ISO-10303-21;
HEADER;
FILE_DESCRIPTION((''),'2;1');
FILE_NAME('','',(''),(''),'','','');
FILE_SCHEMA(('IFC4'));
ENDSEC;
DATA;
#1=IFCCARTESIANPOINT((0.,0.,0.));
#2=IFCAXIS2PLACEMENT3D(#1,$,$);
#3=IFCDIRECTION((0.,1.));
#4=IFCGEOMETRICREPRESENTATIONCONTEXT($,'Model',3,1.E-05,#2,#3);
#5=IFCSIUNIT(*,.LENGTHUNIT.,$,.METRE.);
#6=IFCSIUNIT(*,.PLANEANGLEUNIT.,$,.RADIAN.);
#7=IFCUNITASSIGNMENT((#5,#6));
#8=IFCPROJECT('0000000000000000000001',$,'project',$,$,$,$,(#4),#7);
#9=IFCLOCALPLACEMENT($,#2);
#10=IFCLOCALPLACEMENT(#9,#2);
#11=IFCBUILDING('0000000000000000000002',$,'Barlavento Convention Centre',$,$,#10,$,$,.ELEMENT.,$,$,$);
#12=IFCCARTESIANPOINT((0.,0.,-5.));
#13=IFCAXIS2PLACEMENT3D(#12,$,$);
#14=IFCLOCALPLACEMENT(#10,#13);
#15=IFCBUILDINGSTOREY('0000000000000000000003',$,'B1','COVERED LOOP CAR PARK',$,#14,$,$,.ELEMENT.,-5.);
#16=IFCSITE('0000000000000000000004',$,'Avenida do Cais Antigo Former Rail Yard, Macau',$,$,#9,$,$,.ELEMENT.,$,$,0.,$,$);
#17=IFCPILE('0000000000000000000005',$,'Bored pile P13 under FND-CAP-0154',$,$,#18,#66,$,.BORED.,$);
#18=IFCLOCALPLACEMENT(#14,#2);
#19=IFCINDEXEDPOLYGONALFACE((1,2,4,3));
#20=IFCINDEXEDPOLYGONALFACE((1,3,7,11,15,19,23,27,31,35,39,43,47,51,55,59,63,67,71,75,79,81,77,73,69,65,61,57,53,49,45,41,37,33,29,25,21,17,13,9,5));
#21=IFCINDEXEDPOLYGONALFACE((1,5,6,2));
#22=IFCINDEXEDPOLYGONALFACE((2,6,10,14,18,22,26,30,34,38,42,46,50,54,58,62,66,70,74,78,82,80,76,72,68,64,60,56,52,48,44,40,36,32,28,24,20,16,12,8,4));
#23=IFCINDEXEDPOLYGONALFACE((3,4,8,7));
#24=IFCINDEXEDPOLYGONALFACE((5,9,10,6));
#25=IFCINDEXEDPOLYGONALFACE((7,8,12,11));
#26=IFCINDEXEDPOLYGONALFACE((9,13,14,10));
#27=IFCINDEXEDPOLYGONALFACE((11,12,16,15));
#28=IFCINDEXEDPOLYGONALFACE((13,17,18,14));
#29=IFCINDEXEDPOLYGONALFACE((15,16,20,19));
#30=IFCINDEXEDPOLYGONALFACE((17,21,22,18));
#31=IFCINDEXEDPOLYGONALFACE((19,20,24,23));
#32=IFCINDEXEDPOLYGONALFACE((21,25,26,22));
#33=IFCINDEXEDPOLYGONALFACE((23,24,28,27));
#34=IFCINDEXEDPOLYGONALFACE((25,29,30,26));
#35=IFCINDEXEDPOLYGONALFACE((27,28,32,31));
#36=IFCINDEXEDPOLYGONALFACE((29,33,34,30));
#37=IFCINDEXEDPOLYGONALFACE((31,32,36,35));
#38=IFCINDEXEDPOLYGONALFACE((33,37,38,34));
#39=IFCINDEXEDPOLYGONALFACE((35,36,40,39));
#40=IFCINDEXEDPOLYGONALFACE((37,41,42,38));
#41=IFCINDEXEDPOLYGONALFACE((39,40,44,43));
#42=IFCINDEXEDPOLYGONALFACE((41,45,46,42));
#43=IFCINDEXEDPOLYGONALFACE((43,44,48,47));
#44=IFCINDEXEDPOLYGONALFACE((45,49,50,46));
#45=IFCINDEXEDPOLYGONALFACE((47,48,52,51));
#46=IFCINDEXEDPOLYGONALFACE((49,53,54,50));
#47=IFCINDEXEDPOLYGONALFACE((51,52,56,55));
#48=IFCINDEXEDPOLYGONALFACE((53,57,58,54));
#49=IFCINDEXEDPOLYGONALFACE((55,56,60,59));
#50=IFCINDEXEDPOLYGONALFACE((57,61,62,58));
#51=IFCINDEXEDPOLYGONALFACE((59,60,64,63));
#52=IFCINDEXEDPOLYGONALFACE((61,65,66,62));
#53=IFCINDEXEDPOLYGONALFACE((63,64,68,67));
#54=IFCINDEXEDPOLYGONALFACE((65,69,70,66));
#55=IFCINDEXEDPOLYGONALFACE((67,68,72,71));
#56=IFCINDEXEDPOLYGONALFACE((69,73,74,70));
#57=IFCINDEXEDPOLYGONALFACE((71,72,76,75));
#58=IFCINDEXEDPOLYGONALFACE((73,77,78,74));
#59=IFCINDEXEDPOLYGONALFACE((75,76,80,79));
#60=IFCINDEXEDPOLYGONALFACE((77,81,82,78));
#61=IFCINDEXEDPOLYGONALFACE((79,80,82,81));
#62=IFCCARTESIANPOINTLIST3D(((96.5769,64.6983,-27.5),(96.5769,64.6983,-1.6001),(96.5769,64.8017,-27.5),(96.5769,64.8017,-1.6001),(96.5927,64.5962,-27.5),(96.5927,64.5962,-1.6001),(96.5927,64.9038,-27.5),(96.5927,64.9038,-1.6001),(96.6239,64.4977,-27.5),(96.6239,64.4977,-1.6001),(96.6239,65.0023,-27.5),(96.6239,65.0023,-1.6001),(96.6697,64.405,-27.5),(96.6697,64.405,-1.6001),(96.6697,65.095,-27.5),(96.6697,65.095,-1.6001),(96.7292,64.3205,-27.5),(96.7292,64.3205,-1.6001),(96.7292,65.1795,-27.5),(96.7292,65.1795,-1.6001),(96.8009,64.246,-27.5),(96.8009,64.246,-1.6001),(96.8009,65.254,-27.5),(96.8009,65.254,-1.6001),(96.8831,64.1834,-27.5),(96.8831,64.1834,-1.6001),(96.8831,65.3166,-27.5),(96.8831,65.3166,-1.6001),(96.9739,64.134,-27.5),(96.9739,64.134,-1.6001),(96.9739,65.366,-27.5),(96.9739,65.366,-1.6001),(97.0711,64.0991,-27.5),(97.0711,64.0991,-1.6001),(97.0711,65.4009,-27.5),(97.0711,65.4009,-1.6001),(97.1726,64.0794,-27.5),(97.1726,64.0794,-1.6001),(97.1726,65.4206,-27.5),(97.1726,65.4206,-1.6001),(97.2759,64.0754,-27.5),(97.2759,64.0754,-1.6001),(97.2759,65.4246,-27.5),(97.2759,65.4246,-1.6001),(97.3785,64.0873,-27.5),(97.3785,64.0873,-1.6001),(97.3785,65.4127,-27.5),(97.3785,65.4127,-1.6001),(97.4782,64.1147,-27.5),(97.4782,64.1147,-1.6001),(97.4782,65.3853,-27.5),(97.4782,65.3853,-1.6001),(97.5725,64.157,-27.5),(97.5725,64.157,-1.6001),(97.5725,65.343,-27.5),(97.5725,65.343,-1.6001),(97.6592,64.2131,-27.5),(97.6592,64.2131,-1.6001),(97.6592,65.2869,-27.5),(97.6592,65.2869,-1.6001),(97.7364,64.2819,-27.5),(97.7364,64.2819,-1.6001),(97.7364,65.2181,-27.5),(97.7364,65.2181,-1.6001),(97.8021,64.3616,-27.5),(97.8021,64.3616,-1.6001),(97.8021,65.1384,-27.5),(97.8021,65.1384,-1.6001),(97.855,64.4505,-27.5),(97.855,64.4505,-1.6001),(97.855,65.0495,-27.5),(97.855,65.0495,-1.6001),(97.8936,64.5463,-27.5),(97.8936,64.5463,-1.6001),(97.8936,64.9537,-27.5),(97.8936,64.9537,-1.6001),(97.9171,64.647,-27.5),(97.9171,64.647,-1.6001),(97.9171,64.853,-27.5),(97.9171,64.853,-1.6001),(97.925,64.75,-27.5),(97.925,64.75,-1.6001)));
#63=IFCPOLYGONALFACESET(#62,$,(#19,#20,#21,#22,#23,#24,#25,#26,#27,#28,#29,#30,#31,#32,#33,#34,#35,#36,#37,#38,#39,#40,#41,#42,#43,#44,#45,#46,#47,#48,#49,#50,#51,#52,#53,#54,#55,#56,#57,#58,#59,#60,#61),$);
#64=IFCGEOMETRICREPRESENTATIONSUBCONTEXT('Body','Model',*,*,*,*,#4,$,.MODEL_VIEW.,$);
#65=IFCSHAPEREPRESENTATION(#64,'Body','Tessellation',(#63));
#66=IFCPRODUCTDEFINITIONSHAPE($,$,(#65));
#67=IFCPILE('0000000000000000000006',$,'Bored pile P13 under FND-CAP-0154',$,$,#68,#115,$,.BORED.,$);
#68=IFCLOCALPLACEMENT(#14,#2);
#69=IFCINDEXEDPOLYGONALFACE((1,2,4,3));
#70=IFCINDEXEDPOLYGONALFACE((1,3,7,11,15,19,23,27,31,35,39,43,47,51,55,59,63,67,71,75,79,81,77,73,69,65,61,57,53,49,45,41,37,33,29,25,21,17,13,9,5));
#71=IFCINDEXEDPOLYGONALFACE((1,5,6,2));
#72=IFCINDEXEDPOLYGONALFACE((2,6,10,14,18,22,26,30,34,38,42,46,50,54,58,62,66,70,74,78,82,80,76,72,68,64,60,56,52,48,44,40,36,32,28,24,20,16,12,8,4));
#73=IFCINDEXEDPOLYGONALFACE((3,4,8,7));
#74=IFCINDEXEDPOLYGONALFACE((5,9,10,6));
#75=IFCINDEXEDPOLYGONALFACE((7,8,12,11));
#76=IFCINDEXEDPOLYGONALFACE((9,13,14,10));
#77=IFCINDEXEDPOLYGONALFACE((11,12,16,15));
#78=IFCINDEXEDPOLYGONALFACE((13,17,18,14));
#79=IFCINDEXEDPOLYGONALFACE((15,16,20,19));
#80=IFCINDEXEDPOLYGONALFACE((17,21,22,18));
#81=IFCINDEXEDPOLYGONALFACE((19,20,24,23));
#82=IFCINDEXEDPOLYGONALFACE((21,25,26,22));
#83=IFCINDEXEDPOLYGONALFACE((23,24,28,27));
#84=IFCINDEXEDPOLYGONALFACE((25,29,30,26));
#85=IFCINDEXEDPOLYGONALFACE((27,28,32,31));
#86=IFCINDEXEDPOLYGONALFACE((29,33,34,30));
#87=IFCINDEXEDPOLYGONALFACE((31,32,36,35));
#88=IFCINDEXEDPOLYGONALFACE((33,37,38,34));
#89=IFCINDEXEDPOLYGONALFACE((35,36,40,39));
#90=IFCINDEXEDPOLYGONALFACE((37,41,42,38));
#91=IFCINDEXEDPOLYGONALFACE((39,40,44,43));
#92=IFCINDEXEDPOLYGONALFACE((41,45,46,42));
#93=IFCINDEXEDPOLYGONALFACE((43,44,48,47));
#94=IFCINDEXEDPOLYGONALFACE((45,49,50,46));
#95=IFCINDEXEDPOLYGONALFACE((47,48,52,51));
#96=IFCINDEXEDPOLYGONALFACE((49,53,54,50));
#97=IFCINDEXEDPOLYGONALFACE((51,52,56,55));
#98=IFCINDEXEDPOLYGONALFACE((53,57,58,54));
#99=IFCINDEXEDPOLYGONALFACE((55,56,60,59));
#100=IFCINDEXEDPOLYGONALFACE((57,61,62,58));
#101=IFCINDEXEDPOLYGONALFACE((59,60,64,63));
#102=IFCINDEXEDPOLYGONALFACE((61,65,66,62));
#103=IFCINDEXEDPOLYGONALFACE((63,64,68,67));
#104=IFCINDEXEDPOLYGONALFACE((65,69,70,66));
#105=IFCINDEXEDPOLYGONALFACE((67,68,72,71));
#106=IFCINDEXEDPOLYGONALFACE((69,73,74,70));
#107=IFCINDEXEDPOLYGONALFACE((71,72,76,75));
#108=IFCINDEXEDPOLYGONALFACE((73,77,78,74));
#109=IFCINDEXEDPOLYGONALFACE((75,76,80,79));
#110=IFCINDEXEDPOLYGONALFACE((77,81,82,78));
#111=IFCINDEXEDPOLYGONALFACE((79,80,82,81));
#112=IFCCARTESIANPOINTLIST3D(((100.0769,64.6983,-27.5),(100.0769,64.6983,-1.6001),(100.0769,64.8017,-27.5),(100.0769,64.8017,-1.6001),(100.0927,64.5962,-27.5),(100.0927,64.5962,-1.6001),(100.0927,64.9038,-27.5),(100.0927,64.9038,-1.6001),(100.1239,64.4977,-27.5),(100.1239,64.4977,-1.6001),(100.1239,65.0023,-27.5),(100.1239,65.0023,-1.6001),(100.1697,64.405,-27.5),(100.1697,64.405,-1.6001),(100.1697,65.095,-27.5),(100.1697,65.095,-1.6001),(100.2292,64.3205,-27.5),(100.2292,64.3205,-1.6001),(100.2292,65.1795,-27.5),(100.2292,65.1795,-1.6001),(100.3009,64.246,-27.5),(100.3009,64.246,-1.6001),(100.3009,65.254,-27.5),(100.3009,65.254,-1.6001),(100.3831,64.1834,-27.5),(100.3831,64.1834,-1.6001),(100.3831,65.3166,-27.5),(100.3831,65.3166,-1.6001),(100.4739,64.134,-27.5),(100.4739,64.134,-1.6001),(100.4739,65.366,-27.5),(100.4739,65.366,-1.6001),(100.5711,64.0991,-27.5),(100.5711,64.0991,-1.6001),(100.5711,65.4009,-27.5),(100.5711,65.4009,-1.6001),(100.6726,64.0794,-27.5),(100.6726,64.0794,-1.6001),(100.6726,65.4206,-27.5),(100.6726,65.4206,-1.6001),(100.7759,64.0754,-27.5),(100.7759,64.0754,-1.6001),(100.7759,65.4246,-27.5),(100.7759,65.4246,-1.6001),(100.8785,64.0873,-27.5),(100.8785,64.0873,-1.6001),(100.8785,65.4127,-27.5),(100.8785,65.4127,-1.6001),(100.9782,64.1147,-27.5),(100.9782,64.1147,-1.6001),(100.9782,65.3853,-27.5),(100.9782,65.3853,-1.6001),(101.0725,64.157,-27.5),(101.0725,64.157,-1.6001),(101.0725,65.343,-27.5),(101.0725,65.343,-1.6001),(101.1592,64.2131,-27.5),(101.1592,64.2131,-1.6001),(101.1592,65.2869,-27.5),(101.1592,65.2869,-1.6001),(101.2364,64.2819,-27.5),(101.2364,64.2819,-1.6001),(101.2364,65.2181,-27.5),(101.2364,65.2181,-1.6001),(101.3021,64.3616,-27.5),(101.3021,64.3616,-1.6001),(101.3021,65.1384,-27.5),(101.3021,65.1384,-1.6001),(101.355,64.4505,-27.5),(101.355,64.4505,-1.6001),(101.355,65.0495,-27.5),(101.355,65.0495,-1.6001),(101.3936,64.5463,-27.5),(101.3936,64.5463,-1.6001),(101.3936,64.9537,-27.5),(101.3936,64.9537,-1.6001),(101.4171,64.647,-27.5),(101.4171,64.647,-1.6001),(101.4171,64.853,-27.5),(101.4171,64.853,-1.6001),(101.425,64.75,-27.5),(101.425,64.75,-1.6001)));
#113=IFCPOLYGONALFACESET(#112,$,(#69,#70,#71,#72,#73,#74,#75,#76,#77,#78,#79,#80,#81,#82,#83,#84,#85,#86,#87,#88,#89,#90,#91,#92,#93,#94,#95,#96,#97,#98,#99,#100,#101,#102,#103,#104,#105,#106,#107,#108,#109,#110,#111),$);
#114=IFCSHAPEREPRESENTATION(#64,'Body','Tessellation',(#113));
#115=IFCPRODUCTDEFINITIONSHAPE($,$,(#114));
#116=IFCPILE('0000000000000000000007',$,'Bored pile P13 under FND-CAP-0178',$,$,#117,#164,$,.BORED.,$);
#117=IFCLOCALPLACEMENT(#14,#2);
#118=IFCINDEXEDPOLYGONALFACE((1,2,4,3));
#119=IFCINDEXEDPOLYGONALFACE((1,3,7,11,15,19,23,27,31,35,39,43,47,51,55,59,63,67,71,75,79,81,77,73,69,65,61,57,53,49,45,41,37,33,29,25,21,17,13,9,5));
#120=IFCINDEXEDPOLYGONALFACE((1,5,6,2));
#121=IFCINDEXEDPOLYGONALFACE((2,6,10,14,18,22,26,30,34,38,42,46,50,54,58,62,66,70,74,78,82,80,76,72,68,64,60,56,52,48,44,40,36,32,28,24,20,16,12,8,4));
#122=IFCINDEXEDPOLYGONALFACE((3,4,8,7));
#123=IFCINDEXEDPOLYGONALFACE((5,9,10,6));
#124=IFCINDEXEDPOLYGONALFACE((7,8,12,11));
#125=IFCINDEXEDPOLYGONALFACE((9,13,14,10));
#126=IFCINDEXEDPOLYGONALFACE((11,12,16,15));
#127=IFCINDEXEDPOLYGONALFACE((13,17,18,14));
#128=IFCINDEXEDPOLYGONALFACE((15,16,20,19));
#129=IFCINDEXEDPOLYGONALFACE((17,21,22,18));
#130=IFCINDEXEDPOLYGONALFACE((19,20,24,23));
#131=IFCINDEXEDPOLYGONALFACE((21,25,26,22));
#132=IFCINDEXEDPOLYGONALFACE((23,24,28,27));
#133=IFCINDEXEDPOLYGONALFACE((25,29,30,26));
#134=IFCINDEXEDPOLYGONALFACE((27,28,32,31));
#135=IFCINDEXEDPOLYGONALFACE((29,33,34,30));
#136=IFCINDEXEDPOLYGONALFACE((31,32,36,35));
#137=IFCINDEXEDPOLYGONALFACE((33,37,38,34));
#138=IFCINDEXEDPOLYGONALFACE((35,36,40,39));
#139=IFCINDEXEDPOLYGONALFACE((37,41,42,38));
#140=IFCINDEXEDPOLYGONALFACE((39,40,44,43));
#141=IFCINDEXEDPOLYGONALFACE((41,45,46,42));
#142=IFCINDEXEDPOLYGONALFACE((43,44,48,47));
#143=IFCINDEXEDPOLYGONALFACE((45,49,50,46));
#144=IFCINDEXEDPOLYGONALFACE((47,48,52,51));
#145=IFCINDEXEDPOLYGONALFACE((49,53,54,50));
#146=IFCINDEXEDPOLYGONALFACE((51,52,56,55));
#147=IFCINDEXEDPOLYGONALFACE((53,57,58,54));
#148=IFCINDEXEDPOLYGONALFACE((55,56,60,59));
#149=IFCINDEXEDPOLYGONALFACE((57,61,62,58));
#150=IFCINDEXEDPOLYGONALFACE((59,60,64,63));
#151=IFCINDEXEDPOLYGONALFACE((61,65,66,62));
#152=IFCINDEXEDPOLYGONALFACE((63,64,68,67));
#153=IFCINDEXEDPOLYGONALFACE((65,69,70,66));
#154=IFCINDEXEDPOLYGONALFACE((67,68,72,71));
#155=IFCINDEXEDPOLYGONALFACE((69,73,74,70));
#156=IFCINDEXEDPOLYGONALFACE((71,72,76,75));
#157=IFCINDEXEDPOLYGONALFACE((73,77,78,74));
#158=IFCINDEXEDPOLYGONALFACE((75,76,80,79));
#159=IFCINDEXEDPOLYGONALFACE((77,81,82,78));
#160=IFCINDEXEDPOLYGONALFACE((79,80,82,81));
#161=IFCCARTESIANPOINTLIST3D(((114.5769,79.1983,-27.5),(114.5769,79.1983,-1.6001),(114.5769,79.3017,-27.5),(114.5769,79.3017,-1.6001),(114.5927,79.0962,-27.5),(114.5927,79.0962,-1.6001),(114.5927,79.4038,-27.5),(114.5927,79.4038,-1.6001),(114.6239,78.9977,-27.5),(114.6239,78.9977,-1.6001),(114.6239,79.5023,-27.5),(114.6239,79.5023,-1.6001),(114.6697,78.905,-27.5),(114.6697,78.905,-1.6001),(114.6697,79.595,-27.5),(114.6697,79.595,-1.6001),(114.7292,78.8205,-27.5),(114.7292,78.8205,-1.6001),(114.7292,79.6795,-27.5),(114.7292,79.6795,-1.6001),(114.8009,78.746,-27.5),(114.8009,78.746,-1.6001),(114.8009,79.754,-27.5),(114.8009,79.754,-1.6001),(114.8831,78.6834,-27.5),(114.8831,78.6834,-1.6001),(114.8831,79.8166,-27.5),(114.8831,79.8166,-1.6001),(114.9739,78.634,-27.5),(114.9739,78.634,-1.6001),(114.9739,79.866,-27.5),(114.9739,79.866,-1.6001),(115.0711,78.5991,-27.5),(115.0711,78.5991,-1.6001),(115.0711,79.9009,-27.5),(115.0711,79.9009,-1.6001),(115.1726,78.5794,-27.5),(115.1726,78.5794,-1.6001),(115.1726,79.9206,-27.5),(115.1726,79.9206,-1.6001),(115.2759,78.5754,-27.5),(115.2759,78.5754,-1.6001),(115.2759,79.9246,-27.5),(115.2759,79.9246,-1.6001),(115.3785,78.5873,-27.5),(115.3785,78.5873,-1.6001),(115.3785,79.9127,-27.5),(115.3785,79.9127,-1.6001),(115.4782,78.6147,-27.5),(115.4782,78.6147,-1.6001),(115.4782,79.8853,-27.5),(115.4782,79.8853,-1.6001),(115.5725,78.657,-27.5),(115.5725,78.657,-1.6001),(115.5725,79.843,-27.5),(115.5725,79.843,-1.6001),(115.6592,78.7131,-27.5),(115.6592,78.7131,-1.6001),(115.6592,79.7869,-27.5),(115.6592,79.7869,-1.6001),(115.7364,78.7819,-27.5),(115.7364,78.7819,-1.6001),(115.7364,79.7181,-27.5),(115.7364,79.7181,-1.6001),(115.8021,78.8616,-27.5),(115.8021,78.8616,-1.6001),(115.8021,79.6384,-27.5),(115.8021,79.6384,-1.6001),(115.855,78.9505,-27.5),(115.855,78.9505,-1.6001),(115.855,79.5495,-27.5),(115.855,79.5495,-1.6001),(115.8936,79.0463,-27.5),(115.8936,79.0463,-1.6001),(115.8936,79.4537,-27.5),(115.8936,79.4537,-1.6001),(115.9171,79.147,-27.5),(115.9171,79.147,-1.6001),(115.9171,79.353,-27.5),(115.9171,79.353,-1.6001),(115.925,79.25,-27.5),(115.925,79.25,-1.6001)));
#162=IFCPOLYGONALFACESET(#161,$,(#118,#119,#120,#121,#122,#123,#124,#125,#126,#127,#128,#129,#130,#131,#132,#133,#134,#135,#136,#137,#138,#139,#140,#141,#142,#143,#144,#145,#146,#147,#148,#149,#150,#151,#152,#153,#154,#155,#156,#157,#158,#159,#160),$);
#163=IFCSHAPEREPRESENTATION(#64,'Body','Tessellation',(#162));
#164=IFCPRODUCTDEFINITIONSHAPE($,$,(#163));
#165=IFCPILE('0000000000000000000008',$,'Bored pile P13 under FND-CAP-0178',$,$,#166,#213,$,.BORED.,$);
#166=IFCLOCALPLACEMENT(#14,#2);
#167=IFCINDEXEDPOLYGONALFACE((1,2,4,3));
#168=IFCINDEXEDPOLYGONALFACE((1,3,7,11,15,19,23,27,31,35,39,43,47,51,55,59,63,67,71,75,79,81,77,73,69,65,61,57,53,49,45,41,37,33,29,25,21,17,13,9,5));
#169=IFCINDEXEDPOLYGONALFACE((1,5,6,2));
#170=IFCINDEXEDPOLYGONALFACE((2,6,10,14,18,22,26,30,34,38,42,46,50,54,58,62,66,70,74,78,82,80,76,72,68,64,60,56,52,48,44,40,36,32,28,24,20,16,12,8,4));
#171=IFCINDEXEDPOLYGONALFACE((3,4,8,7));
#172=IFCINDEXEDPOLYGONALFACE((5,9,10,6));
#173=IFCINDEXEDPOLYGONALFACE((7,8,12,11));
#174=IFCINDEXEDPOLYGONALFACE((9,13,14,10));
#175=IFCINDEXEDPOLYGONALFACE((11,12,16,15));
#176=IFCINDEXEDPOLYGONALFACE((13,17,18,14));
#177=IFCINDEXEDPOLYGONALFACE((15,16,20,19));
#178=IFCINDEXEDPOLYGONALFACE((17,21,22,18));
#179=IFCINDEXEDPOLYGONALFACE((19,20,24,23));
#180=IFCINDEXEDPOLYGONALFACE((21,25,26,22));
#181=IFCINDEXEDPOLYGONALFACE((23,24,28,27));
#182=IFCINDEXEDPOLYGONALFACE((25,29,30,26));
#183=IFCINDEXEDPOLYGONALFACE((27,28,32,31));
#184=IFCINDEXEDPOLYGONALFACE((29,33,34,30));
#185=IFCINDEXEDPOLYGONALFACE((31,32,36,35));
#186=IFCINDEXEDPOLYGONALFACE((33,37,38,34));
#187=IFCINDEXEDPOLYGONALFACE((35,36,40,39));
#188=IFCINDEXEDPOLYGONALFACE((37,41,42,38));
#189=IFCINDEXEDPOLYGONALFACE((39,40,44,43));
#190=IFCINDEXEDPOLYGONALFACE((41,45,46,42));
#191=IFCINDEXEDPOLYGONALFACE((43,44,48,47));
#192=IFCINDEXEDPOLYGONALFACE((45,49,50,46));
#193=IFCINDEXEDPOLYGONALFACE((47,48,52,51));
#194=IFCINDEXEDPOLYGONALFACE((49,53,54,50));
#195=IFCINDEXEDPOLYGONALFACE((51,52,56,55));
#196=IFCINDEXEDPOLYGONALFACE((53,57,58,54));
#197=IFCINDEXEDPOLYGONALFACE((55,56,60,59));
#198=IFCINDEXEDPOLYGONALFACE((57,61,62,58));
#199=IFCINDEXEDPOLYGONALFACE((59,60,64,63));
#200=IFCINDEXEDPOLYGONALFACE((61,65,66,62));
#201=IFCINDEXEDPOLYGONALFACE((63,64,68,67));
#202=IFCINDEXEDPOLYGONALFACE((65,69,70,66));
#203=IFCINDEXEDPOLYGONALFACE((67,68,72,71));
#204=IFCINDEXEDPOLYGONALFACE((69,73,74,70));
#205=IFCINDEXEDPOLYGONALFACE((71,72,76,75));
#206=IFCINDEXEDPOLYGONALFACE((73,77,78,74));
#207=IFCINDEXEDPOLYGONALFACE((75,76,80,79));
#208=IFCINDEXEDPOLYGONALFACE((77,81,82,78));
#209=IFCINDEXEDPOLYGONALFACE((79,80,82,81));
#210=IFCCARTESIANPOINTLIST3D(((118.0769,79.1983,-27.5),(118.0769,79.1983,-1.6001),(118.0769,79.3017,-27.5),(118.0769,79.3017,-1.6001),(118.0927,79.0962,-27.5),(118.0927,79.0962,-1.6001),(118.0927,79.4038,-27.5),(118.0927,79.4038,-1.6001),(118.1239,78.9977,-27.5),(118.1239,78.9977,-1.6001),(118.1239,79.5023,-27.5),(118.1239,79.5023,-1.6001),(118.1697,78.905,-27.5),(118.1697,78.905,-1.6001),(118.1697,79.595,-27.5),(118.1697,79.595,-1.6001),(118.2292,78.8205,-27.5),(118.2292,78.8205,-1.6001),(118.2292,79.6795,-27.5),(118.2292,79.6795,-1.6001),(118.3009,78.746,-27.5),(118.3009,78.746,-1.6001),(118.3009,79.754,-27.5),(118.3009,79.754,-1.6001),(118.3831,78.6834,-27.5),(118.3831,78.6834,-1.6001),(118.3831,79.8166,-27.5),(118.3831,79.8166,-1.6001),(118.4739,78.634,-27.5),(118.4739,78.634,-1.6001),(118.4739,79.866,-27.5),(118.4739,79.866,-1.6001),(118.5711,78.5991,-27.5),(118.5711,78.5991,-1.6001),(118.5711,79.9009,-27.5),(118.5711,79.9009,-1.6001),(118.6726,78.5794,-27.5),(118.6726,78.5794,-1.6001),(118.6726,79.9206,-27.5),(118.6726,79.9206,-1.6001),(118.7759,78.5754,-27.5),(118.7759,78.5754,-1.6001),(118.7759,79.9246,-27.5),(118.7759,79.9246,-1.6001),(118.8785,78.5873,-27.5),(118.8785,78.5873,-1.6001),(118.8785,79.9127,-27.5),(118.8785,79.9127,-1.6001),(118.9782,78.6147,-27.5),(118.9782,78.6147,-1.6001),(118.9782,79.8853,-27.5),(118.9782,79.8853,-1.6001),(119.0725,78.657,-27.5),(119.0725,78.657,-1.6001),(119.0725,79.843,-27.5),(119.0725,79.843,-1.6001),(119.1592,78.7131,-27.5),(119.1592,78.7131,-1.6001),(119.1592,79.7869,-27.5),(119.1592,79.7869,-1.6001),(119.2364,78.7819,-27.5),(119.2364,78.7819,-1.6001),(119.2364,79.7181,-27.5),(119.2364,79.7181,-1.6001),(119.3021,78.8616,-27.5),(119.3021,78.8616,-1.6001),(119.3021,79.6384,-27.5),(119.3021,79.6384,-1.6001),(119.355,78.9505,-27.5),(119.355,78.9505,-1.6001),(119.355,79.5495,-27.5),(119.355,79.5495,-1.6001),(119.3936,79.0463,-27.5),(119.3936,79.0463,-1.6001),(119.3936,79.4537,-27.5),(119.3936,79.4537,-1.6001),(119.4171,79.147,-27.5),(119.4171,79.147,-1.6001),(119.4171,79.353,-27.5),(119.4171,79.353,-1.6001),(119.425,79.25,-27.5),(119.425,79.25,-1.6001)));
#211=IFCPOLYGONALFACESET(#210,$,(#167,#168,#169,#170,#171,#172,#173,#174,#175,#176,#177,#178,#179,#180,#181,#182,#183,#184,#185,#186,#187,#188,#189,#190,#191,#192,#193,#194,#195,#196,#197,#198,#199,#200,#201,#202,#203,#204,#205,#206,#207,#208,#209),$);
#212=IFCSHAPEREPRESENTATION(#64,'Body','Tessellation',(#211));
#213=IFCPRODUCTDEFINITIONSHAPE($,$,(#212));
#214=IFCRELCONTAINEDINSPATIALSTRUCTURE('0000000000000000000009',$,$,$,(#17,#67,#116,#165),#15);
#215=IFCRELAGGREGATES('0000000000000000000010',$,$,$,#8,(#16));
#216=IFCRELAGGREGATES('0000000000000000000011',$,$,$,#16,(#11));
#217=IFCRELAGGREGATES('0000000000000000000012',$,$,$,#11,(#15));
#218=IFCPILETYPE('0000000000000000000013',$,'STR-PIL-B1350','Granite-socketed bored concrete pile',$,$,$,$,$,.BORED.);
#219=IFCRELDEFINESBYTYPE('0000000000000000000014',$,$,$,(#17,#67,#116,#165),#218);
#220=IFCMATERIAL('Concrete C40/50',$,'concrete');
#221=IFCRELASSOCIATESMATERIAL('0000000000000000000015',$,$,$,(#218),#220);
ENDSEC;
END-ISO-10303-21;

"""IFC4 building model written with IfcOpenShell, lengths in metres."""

from ifc_helpers import new_model, si_unit, direction, frame, origin, origin_2d, place, context, subcontext, project, spatial, circle, extrude, material, material_profile, profile_set, type_object, element, save


model = new_model("IFC4")

# Units and contexts
model_context = context("Model", 3, precision=1e-05, world=origin(), true_north=direction((0.0, 1.0)))
body_context = subcontext(model_context, "Body", "Model", "MODEL_VIEW")
ifc_project = project(units=[si_unit("LENGTHUNIT", "METRE"), si_unit("PLANEANGLEUNIT", "RADIAN")], contexts=[model_context])

# Site, building, storey
site_placement = place(None, origin())
site = spatial("IfcSite", under=ifc_project, at=site_placement, Name="Avenida do Cais Antigo Former Rail Yard, Macau", CompositionType="ELEMENT", RefElevation=0.0)
building_placement = place(site_placement, origin())
building = spatial("IfcBuilding", under=site, at=building_placement, Name="Barlavento Convention Centre", CompositionType="ELEMENT")
storey_placement = place(building_placement, frame((0.0, 0.0, -5.0)))
storey = spatial("IfcBuildingStorey", under=building, at=storey_placement, Name="B1", Description="COVERED LOOP CAR PARK", CompositionType="ELEMENT", Elevation=-5.0)

# Shared definitions
ifc_material_1 = material(Name="Concrete C40/50", Category="concrete")

# Piles
ifc_material_profile_1 = material_profile(ifc_material_1, circle(Radius=0.675, at=origin_2d()), Name="BORED PILE 1350")
ifc_profile_set_1 = profile_set([ifc_material_profile_1], Name="Concrete C40/50")
pile_type_1 = type_object("IfcPileType", Name="STR-PIL-B1350", Description="Granite-socketed bored concrete pile", PredefinedType="BORED", material=ifc_profile_set_1)
for number, where, z_axis, x_axis, name in (
    (1, (97.25, 64.75, -1.6001), (0.0, 0.0, -1.0), (1.0, 0.0, 0.0), "Bored pile P13 under FND-CAP-0154"),
    (2, (100.75, 64.75, -1.6001), (0.0, 0.0, -1.0), (1.0, 0.0, 0.0), "Bored pile P13 under FND-CAP-0154"),
    (3, (115.25, 79.25, -1.6001), (0.0, 0.0, -1.0), (1.0, 0.0, 0.0), "Bored pile P13 under FND-CAP-0178"),
    (4, (118.75, 79.25, -1.6001), (0.0, 0.0, -1.0), (1.0, 0.0, 0.0), "Bored pile P13 under FND-CAP-0178"),
):
    element("IfcPile", number, at=place(storey_placement, frame(where, z_axis=z_axis, x_axis=x_axis)), inside=storey, type_object=pile_type_1, Name=name, PredefinedType="BORED", context=body_context, shape_type="SweptSolid", body=[
        extrude(circle(Radius=0.675, at=origin_2d()), origin(), (0.0, 0.0, 1.0), 25.8999),
    ])

save(model, "model.ifc")
